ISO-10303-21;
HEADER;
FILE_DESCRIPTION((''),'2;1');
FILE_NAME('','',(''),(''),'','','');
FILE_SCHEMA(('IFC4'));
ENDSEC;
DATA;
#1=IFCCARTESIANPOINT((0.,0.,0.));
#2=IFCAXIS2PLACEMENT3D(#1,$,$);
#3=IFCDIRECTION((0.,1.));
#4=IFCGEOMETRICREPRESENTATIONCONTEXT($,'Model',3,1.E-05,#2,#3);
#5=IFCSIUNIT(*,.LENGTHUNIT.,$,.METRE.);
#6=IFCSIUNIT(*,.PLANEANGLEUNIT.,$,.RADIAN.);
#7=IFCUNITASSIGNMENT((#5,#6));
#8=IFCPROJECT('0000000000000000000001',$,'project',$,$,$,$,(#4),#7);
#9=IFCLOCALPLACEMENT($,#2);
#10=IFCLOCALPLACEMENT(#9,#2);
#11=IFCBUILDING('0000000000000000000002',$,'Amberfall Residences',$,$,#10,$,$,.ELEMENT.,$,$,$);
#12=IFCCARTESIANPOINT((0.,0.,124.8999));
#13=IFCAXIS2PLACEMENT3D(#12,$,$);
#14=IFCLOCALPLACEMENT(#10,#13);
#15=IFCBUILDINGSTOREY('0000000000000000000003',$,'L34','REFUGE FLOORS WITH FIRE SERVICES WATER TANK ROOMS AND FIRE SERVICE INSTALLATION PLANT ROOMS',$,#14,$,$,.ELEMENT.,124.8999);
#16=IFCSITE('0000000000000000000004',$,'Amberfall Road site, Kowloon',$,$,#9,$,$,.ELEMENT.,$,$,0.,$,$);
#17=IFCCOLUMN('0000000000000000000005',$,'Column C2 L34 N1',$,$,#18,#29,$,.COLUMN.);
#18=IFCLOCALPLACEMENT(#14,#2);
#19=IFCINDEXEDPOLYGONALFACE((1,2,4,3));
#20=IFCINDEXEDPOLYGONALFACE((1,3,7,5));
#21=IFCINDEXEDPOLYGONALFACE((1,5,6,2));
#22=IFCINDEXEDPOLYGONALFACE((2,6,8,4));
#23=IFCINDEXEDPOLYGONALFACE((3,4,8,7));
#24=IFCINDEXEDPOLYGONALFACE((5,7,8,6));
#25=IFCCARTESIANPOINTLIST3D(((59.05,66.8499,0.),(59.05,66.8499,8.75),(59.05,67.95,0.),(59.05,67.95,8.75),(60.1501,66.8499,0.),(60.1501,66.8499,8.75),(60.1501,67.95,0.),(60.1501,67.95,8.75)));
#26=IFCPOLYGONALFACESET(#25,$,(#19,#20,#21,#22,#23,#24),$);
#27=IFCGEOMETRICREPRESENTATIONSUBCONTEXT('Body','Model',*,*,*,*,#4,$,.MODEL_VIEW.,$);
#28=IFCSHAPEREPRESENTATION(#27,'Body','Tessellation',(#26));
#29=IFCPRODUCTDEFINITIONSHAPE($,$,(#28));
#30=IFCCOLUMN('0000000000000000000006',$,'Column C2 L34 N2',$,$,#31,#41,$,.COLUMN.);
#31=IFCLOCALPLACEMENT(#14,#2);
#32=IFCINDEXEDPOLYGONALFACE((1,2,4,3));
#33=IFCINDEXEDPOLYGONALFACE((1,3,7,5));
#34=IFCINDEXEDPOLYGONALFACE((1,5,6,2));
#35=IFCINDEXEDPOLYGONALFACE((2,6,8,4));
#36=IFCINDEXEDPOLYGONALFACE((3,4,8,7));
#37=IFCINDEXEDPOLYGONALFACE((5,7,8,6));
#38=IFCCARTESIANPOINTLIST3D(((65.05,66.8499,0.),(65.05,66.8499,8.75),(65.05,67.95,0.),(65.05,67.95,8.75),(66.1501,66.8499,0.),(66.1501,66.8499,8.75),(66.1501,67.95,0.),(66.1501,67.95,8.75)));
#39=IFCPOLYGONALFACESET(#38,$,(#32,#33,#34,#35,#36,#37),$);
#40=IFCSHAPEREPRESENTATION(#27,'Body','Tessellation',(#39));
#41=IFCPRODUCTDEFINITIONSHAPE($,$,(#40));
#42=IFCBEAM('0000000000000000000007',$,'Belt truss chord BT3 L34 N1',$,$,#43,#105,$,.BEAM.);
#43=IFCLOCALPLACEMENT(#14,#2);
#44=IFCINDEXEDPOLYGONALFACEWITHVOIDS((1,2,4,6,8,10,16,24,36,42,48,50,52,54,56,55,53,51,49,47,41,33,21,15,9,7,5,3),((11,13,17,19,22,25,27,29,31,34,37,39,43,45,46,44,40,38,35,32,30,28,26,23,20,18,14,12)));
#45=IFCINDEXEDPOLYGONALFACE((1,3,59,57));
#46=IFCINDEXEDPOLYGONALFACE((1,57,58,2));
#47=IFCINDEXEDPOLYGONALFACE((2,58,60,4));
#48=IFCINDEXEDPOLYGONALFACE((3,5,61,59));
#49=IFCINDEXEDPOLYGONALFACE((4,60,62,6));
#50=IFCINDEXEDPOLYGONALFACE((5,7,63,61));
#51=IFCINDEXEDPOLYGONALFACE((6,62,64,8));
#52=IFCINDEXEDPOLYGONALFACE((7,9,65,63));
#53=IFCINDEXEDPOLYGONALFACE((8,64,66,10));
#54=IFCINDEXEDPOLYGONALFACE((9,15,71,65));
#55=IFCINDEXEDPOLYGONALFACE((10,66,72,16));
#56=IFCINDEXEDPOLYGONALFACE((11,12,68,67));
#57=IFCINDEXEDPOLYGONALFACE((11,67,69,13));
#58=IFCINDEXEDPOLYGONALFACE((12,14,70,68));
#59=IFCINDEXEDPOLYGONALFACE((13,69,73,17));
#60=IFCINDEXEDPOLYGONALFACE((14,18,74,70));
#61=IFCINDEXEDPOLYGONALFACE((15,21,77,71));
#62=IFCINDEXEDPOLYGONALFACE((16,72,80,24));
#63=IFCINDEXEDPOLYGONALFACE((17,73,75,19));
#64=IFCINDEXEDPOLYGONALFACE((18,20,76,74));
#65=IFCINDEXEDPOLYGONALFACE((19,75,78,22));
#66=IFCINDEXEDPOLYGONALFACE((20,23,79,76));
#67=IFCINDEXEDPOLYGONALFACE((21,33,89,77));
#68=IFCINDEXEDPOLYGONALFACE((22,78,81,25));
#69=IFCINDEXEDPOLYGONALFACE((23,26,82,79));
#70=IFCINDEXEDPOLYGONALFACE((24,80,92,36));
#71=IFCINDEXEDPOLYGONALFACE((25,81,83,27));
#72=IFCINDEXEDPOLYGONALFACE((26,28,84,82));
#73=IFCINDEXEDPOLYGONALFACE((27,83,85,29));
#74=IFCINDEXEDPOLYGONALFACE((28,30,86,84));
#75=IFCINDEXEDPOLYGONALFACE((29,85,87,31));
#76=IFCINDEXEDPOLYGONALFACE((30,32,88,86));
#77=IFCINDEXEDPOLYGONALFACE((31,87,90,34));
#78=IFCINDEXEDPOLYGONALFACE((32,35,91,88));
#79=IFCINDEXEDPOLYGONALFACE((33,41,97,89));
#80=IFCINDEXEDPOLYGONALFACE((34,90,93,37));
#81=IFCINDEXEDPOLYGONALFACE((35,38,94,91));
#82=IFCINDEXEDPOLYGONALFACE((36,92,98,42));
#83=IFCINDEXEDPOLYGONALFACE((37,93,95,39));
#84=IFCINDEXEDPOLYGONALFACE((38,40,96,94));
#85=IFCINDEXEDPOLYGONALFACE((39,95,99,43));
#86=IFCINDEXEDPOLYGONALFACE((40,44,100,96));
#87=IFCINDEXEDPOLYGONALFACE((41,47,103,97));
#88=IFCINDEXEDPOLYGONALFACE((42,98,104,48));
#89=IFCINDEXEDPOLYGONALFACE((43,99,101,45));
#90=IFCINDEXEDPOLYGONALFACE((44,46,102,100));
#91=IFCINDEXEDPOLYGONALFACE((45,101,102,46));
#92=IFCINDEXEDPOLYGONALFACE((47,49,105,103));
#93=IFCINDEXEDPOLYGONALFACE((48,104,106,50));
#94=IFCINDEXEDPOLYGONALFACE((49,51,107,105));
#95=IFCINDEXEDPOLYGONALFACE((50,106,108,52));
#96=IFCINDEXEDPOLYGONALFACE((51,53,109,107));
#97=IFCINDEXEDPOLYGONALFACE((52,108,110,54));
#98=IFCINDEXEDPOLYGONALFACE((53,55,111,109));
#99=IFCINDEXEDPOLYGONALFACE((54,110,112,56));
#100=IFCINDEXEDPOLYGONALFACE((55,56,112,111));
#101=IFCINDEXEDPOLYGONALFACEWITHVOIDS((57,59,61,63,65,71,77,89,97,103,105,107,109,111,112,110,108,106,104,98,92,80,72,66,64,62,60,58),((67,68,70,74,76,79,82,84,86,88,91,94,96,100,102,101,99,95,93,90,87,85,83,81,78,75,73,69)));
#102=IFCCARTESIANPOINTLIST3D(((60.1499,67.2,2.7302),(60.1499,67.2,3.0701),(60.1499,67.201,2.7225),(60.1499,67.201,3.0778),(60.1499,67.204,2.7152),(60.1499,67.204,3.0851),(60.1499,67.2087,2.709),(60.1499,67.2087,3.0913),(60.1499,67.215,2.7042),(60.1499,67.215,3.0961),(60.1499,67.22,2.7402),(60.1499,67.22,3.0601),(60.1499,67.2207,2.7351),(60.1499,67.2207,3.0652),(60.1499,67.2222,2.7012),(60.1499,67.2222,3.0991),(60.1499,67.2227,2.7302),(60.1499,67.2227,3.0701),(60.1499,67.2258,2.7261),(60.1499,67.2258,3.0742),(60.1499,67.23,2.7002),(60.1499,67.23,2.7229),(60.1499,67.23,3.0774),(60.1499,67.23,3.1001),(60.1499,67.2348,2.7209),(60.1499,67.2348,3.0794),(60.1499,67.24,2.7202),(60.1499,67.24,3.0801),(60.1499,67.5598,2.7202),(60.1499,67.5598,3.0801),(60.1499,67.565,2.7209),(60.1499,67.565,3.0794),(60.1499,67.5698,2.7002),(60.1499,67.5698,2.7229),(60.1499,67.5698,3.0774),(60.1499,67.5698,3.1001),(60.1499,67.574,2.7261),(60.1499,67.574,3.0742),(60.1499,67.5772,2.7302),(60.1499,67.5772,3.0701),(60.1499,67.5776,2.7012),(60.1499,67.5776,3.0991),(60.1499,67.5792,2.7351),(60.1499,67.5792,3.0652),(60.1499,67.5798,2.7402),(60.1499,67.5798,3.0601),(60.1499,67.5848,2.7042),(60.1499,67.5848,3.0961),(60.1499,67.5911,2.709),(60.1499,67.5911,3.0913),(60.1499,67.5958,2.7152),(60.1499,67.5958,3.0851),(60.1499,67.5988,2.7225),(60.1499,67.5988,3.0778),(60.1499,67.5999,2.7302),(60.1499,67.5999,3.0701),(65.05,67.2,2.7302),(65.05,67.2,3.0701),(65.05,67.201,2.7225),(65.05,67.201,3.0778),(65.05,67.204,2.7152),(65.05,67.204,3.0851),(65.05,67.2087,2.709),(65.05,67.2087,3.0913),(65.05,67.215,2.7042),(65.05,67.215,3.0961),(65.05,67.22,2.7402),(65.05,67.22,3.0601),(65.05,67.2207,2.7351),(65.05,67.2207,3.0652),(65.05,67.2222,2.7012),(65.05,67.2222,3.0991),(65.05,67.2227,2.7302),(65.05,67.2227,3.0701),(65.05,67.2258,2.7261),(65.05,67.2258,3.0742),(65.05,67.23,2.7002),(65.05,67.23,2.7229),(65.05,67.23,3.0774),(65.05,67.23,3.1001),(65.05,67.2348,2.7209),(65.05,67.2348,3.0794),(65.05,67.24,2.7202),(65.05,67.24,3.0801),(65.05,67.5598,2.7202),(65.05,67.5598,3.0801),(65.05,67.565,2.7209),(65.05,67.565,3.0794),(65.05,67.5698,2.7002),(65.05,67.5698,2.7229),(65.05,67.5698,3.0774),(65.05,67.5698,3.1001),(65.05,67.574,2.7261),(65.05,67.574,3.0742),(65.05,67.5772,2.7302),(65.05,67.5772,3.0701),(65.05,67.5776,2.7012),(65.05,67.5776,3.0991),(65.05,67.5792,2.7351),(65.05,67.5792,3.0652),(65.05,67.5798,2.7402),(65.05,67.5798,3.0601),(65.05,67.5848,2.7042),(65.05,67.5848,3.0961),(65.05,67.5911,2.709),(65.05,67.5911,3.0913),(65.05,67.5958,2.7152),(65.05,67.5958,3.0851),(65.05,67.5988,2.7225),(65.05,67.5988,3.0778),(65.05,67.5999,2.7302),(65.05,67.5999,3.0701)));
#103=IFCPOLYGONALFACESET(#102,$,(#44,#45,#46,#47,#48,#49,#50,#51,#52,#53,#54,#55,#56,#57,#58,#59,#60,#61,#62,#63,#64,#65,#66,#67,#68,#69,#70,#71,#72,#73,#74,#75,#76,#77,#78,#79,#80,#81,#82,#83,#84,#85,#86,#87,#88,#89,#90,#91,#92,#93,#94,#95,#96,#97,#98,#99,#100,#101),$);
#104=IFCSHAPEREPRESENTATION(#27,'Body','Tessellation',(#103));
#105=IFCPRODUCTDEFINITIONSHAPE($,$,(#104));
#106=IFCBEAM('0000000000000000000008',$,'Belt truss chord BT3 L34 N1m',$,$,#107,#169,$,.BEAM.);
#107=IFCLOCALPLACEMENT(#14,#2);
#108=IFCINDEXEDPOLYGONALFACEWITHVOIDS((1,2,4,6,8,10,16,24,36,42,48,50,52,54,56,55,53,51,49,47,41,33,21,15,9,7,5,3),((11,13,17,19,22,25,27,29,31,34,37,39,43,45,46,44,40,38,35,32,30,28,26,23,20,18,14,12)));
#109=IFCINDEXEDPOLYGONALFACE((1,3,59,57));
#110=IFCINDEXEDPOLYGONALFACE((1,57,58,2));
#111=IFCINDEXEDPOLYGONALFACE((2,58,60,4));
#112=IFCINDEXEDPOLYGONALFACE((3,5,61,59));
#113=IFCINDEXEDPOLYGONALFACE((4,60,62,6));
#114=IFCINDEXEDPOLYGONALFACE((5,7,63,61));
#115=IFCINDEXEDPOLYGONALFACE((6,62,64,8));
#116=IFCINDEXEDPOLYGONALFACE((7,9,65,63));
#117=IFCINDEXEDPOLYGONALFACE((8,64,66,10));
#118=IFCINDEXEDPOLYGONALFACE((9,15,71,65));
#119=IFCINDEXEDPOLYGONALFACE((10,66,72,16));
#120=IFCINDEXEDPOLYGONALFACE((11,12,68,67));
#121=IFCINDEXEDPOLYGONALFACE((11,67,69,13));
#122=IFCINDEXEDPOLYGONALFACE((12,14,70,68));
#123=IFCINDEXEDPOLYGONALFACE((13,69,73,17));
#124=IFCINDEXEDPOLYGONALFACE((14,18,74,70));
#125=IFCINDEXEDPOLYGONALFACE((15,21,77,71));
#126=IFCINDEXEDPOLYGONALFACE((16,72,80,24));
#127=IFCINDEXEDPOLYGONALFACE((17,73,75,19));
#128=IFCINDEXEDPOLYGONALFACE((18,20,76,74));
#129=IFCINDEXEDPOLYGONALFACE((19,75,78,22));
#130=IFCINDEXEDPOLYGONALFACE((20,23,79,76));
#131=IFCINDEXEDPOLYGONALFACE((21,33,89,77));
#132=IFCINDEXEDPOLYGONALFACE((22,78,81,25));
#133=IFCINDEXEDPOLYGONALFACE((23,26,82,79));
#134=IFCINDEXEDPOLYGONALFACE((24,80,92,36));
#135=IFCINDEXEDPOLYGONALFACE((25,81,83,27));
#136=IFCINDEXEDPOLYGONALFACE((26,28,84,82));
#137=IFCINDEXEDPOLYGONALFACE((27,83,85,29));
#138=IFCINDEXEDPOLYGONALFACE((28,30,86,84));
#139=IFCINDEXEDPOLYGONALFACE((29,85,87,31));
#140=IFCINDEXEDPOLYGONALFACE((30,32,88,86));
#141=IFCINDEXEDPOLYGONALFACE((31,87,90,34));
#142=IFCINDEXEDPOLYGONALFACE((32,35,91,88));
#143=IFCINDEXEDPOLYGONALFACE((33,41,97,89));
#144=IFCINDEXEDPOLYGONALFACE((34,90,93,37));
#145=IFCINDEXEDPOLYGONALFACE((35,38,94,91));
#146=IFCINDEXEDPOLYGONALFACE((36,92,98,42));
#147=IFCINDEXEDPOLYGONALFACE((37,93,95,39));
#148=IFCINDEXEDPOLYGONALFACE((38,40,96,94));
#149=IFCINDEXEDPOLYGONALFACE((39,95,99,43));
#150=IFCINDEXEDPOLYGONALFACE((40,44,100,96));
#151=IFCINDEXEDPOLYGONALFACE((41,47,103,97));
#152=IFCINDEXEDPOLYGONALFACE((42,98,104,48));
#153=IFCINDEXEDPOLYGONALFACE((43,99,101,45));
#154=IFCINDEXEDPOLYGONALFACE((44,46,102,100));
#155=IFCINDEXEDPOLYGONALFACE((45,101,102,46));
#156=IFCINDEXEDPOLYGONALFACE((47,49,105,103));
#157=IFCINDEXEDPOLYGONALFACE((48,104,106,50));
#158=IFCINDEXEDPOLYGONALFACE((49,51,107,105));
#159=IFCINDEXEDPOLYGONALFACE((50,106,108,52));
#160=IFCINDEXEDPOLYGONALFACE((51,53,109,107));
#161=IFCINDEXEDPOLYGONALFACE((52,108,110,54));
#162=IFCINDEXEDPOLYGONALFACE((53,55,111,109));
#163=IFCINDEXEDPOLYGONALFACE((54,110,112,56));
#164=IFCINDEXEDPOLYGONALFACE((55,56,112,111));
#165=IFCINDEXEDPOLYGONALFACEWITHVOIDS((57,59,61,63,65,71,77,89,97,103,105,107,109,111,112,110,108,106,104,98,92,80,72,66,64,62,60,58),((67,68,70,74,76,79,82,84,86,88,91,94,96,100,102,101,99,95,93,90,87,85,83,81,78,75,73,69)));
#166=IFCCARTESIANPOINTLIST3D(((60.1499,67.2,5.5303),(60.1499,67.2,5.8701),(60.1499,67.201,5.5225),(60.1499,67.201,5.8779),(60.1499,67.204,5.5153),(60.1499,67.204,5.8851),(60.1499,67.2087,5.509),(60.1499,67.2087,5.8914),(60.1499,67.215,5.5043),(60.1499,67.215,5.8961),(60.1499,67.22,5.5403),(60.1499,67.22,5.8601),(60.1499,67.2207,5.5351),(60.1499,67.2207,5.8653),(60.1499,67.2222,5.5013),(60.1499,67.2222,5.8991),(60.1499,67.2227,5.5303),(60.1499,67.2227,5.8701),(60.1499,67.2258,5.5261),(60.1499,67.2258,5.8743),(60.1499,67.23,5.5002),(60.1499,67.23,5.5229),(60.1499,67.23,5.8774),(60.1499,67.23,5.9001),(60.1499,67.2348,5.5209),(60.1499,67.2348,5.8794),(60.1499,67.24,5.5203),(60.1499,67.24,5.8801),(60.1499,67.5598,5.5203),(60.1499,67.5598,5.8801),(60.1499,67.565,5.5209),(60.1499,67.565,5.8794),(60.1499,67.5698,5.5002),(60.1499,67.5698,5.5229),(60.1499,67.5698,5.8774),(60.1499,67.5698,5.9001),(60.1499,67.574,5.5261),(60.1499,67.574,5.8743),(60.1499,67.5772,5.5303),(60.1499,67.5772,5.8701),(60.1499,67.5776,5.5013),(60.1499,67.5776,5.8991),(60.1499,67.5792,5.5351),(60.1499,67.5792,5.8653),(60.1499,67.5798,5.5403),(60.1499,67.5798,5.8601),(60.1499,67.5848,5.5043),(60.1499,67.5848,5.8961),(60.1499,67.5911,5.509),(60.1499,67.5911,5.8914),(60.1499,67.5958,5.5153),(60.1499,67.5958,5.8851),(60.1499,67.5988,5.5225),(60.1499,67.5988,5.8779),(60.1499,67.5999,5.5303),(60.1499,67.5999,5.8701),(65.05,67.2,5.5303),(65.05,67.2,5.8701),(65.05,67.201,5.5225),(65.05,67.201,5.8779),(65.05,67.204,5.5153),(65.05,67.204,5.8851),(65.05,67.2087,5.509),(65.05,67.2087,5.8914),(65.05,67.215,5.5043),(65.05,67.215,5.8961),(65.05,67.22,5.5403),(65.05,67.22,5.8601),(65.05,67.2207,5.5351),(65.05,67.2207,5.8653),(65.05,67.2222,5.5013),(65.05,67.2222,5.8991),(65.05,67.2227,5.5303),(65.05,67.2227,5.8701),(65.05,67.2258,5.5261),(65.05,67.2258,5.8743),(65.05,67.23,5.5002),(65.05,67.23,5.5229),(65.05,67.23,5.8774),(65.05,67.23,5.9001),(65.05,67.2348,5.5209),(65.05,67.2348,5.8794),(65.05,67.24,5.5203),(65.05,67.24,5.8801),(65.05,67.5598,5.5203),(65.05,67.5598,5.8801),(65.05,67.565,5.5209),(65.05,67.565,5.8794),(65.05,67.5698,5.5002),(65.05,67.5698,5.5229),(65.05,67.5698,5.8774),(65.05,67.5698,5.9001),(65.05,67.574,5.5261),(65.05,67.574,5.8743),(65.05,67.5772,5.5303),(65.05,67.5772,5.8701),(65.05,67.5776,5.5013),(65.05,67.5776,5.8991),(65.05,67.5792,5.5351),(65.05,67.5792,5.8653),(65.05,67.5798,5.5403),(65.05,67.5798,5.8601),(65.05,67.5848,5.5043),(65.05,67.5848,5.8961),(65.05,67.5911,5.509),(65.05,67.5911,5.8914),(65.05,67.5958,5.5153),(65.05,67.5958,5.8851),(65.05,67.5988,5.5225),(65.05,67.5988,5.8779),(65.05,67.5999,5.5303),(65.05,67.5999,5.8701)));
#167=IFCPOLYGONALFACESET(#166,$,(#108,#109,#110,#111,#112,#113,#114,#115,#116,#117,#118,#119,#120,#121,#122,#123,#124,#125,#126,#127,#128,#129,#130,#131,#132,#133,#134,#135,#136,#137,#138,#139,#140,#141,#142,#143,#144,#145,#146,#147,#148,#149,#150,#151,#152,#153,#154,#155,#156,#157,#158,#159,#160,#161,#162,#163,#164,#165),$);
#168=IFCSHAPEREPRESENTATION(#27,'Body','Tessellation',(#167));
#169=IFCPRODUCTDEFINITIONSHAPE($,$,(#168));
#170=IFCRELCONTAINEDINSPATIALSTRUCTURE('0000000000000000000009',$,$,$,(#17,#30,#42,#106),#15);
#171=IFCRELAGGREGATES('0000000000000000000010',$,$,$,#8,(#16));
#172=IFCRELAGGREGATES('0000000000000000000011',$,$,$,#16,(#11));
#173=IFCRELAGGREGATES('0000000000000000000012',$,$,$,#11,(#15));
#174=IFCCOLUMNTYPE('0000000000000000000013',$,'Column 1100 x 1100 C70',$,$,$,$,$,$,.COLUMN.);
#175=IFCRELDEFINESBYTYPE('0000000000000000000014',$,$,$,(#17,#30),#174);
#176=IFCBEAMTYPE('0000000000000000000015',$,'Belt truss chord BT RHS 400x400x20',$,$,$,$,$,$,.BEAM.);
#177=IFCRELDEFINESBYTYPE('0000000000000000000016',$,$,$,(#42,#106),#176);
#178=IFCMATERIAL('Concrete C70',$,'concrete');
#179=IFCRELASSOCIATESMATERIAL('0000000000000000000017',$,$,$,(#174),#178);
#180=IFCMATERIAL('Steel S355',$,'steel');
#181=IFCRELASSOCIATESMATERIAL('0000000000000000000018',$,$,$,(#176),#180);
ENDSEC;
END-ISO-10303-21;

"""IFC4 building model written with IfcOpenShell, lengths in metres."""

from ifc_helpers import new_model, si_unit, direction, frame, origin, origin_2d, place, context, subcontext, project, spatial, rectangle, hollow_rectangle, extrude, material, material_profile, profile_set, type_object, element, save


model = new_model("IFC4")

# Units and contexts
model_context = context("Model", 3, precision=1e-05, world=origin(), true_north=direction((0.0, 1.0)))
body_context = subcontext(model_context, "Body", "Model", "MODEL_VIEW")
ifc_project = project(units=[si_unit("LENGTHUNIT", "METRE"), si_unit("PLANEANGLEUNIT", "RADIAN")], contexts=[model_context])

# Site, building, storey
site_placement = place(None, origin())
site = spatial("IfcSite", under=ifc_project, at=site_placement, Name="Amberfall Road site, Kowloon", CompositionType="ELEMENT", RefElevation=0.0)
building_placement = place(site_placement, origin())
building = spatial("IfcBuilding", under=site, at=building_placement, Name="Amberfall Residences", CompositionType="ELEMENT")
storey_placement = place(building_placement, frame((0.0, 0.0, 124.8999)))
storey = spatial("IfcBuildingStorey", under=building, at=storey_placement, Name="L34", Description="REFUGE FLOORS WITH FIRE SERVICES WATER TANK ROOMS AND FIRE SERVICE INSTALLATION PLANT ROOMS", CompositionType="ELEMENT", Elevation=124.8999)

# Columns
ifc_material_1 = material(Name="Concrete C70", Category="concrete")
ifc_material_profile_1 = material_profile(ifc_material_1, rectangle(XDim=1.1001, YDim=1.1001, at=origin_2d()), Name="Column 1100 x 1100 C70")
ifc_profile_set_1 = profile_set([ifc_material_profile_1], Name="Concrete C70")
column_type = type_object("IfcColumnType", Name="Column 1100 x 1100 C70", PredefinedType="COLUMN", material=ifc_profile_set_1)
for number, where, z_axis, x_axis, name in (
    (1, (59.6001, 67.3999, 0.0), (0.0, 0.0, 1.0), (1.0, 0.0, 0.0), "Column C2 L34 N1"),
    (2, (65.6001, 67.3999, 0.0), (0.0, 0.0, 1.0), (1.0, 0.0, 0.0), "Column C2 L34 N2"),
):
    element("IfcColumn", number, at=place(storey_placement, frame(where, z_axis=z_axis, x_axis=x_axis)), inside=storey, type_object=column_type, Name=name, PredefinedType="COLUMN", context=body_context, shape_type="SweptSolid", body=[
        extrude(rectangle(XDim=1.1001, YDim=1.1001, at=origin_2d()), origin(), (0.0, 0.0, 1.0), 8.75),
    ])

# Beams
ifc_material_2 = material(Name="Steel S355", Category="steel")
ifc_material_profile_2 = material_profile(ifc_material_2, hollow_rectangle(XDim=0.3999, YDim=0.3999, WallThickness=0.02, InnerFilletRadius=0.02, OuterFilletRadius=0.03, at=origin_2d()), Name="RHS 400x400x20")
ifc_profile_set_2 = profile_set([ifc_material_profile_2], Name="Steel S355")
beam_type_1 = type_object("IfcBeamType", Name="Belt truss chord BT RHS 400x400x20", PredefinedType="BEAM", material=ifc_profile_set_2)
for number, where, z_axis, x_axis, name in (
    (3, (60.1499, 67.3999, 2.9001), (1.0, 0.0, 0.0), (0.0, 1.0, 0.0), "Belt truss chord BT3 L34 N1"),
    (4, (60.1499, 67.3999, 5.7002), (1.0, 0.0, 0.0), (0.0, 1.0, 0.0), "Belt truss chord BT3 L34 N1m"),
):
    element("IfcBeam", number, at=place(storey_placement, frame(where, z_axis=z_axis, x_axis=x_axis)), inside=storey, type_object=beam_type_1, Name=name, PredefinedType="BEAM", context=body_context, shape_type="SweptSolid", body=[
        extrude(hollow_rectangle(XDim=0.3999, YDim=0.3999, WallThickness=0.02, InnerFilletRadius=0.02, OuterFilletRadius=0.03, at=origin_2d()), origin(), (0.0, 0.0, 1.0), 4.9001),
    ])

save(model, "model.ifc")
